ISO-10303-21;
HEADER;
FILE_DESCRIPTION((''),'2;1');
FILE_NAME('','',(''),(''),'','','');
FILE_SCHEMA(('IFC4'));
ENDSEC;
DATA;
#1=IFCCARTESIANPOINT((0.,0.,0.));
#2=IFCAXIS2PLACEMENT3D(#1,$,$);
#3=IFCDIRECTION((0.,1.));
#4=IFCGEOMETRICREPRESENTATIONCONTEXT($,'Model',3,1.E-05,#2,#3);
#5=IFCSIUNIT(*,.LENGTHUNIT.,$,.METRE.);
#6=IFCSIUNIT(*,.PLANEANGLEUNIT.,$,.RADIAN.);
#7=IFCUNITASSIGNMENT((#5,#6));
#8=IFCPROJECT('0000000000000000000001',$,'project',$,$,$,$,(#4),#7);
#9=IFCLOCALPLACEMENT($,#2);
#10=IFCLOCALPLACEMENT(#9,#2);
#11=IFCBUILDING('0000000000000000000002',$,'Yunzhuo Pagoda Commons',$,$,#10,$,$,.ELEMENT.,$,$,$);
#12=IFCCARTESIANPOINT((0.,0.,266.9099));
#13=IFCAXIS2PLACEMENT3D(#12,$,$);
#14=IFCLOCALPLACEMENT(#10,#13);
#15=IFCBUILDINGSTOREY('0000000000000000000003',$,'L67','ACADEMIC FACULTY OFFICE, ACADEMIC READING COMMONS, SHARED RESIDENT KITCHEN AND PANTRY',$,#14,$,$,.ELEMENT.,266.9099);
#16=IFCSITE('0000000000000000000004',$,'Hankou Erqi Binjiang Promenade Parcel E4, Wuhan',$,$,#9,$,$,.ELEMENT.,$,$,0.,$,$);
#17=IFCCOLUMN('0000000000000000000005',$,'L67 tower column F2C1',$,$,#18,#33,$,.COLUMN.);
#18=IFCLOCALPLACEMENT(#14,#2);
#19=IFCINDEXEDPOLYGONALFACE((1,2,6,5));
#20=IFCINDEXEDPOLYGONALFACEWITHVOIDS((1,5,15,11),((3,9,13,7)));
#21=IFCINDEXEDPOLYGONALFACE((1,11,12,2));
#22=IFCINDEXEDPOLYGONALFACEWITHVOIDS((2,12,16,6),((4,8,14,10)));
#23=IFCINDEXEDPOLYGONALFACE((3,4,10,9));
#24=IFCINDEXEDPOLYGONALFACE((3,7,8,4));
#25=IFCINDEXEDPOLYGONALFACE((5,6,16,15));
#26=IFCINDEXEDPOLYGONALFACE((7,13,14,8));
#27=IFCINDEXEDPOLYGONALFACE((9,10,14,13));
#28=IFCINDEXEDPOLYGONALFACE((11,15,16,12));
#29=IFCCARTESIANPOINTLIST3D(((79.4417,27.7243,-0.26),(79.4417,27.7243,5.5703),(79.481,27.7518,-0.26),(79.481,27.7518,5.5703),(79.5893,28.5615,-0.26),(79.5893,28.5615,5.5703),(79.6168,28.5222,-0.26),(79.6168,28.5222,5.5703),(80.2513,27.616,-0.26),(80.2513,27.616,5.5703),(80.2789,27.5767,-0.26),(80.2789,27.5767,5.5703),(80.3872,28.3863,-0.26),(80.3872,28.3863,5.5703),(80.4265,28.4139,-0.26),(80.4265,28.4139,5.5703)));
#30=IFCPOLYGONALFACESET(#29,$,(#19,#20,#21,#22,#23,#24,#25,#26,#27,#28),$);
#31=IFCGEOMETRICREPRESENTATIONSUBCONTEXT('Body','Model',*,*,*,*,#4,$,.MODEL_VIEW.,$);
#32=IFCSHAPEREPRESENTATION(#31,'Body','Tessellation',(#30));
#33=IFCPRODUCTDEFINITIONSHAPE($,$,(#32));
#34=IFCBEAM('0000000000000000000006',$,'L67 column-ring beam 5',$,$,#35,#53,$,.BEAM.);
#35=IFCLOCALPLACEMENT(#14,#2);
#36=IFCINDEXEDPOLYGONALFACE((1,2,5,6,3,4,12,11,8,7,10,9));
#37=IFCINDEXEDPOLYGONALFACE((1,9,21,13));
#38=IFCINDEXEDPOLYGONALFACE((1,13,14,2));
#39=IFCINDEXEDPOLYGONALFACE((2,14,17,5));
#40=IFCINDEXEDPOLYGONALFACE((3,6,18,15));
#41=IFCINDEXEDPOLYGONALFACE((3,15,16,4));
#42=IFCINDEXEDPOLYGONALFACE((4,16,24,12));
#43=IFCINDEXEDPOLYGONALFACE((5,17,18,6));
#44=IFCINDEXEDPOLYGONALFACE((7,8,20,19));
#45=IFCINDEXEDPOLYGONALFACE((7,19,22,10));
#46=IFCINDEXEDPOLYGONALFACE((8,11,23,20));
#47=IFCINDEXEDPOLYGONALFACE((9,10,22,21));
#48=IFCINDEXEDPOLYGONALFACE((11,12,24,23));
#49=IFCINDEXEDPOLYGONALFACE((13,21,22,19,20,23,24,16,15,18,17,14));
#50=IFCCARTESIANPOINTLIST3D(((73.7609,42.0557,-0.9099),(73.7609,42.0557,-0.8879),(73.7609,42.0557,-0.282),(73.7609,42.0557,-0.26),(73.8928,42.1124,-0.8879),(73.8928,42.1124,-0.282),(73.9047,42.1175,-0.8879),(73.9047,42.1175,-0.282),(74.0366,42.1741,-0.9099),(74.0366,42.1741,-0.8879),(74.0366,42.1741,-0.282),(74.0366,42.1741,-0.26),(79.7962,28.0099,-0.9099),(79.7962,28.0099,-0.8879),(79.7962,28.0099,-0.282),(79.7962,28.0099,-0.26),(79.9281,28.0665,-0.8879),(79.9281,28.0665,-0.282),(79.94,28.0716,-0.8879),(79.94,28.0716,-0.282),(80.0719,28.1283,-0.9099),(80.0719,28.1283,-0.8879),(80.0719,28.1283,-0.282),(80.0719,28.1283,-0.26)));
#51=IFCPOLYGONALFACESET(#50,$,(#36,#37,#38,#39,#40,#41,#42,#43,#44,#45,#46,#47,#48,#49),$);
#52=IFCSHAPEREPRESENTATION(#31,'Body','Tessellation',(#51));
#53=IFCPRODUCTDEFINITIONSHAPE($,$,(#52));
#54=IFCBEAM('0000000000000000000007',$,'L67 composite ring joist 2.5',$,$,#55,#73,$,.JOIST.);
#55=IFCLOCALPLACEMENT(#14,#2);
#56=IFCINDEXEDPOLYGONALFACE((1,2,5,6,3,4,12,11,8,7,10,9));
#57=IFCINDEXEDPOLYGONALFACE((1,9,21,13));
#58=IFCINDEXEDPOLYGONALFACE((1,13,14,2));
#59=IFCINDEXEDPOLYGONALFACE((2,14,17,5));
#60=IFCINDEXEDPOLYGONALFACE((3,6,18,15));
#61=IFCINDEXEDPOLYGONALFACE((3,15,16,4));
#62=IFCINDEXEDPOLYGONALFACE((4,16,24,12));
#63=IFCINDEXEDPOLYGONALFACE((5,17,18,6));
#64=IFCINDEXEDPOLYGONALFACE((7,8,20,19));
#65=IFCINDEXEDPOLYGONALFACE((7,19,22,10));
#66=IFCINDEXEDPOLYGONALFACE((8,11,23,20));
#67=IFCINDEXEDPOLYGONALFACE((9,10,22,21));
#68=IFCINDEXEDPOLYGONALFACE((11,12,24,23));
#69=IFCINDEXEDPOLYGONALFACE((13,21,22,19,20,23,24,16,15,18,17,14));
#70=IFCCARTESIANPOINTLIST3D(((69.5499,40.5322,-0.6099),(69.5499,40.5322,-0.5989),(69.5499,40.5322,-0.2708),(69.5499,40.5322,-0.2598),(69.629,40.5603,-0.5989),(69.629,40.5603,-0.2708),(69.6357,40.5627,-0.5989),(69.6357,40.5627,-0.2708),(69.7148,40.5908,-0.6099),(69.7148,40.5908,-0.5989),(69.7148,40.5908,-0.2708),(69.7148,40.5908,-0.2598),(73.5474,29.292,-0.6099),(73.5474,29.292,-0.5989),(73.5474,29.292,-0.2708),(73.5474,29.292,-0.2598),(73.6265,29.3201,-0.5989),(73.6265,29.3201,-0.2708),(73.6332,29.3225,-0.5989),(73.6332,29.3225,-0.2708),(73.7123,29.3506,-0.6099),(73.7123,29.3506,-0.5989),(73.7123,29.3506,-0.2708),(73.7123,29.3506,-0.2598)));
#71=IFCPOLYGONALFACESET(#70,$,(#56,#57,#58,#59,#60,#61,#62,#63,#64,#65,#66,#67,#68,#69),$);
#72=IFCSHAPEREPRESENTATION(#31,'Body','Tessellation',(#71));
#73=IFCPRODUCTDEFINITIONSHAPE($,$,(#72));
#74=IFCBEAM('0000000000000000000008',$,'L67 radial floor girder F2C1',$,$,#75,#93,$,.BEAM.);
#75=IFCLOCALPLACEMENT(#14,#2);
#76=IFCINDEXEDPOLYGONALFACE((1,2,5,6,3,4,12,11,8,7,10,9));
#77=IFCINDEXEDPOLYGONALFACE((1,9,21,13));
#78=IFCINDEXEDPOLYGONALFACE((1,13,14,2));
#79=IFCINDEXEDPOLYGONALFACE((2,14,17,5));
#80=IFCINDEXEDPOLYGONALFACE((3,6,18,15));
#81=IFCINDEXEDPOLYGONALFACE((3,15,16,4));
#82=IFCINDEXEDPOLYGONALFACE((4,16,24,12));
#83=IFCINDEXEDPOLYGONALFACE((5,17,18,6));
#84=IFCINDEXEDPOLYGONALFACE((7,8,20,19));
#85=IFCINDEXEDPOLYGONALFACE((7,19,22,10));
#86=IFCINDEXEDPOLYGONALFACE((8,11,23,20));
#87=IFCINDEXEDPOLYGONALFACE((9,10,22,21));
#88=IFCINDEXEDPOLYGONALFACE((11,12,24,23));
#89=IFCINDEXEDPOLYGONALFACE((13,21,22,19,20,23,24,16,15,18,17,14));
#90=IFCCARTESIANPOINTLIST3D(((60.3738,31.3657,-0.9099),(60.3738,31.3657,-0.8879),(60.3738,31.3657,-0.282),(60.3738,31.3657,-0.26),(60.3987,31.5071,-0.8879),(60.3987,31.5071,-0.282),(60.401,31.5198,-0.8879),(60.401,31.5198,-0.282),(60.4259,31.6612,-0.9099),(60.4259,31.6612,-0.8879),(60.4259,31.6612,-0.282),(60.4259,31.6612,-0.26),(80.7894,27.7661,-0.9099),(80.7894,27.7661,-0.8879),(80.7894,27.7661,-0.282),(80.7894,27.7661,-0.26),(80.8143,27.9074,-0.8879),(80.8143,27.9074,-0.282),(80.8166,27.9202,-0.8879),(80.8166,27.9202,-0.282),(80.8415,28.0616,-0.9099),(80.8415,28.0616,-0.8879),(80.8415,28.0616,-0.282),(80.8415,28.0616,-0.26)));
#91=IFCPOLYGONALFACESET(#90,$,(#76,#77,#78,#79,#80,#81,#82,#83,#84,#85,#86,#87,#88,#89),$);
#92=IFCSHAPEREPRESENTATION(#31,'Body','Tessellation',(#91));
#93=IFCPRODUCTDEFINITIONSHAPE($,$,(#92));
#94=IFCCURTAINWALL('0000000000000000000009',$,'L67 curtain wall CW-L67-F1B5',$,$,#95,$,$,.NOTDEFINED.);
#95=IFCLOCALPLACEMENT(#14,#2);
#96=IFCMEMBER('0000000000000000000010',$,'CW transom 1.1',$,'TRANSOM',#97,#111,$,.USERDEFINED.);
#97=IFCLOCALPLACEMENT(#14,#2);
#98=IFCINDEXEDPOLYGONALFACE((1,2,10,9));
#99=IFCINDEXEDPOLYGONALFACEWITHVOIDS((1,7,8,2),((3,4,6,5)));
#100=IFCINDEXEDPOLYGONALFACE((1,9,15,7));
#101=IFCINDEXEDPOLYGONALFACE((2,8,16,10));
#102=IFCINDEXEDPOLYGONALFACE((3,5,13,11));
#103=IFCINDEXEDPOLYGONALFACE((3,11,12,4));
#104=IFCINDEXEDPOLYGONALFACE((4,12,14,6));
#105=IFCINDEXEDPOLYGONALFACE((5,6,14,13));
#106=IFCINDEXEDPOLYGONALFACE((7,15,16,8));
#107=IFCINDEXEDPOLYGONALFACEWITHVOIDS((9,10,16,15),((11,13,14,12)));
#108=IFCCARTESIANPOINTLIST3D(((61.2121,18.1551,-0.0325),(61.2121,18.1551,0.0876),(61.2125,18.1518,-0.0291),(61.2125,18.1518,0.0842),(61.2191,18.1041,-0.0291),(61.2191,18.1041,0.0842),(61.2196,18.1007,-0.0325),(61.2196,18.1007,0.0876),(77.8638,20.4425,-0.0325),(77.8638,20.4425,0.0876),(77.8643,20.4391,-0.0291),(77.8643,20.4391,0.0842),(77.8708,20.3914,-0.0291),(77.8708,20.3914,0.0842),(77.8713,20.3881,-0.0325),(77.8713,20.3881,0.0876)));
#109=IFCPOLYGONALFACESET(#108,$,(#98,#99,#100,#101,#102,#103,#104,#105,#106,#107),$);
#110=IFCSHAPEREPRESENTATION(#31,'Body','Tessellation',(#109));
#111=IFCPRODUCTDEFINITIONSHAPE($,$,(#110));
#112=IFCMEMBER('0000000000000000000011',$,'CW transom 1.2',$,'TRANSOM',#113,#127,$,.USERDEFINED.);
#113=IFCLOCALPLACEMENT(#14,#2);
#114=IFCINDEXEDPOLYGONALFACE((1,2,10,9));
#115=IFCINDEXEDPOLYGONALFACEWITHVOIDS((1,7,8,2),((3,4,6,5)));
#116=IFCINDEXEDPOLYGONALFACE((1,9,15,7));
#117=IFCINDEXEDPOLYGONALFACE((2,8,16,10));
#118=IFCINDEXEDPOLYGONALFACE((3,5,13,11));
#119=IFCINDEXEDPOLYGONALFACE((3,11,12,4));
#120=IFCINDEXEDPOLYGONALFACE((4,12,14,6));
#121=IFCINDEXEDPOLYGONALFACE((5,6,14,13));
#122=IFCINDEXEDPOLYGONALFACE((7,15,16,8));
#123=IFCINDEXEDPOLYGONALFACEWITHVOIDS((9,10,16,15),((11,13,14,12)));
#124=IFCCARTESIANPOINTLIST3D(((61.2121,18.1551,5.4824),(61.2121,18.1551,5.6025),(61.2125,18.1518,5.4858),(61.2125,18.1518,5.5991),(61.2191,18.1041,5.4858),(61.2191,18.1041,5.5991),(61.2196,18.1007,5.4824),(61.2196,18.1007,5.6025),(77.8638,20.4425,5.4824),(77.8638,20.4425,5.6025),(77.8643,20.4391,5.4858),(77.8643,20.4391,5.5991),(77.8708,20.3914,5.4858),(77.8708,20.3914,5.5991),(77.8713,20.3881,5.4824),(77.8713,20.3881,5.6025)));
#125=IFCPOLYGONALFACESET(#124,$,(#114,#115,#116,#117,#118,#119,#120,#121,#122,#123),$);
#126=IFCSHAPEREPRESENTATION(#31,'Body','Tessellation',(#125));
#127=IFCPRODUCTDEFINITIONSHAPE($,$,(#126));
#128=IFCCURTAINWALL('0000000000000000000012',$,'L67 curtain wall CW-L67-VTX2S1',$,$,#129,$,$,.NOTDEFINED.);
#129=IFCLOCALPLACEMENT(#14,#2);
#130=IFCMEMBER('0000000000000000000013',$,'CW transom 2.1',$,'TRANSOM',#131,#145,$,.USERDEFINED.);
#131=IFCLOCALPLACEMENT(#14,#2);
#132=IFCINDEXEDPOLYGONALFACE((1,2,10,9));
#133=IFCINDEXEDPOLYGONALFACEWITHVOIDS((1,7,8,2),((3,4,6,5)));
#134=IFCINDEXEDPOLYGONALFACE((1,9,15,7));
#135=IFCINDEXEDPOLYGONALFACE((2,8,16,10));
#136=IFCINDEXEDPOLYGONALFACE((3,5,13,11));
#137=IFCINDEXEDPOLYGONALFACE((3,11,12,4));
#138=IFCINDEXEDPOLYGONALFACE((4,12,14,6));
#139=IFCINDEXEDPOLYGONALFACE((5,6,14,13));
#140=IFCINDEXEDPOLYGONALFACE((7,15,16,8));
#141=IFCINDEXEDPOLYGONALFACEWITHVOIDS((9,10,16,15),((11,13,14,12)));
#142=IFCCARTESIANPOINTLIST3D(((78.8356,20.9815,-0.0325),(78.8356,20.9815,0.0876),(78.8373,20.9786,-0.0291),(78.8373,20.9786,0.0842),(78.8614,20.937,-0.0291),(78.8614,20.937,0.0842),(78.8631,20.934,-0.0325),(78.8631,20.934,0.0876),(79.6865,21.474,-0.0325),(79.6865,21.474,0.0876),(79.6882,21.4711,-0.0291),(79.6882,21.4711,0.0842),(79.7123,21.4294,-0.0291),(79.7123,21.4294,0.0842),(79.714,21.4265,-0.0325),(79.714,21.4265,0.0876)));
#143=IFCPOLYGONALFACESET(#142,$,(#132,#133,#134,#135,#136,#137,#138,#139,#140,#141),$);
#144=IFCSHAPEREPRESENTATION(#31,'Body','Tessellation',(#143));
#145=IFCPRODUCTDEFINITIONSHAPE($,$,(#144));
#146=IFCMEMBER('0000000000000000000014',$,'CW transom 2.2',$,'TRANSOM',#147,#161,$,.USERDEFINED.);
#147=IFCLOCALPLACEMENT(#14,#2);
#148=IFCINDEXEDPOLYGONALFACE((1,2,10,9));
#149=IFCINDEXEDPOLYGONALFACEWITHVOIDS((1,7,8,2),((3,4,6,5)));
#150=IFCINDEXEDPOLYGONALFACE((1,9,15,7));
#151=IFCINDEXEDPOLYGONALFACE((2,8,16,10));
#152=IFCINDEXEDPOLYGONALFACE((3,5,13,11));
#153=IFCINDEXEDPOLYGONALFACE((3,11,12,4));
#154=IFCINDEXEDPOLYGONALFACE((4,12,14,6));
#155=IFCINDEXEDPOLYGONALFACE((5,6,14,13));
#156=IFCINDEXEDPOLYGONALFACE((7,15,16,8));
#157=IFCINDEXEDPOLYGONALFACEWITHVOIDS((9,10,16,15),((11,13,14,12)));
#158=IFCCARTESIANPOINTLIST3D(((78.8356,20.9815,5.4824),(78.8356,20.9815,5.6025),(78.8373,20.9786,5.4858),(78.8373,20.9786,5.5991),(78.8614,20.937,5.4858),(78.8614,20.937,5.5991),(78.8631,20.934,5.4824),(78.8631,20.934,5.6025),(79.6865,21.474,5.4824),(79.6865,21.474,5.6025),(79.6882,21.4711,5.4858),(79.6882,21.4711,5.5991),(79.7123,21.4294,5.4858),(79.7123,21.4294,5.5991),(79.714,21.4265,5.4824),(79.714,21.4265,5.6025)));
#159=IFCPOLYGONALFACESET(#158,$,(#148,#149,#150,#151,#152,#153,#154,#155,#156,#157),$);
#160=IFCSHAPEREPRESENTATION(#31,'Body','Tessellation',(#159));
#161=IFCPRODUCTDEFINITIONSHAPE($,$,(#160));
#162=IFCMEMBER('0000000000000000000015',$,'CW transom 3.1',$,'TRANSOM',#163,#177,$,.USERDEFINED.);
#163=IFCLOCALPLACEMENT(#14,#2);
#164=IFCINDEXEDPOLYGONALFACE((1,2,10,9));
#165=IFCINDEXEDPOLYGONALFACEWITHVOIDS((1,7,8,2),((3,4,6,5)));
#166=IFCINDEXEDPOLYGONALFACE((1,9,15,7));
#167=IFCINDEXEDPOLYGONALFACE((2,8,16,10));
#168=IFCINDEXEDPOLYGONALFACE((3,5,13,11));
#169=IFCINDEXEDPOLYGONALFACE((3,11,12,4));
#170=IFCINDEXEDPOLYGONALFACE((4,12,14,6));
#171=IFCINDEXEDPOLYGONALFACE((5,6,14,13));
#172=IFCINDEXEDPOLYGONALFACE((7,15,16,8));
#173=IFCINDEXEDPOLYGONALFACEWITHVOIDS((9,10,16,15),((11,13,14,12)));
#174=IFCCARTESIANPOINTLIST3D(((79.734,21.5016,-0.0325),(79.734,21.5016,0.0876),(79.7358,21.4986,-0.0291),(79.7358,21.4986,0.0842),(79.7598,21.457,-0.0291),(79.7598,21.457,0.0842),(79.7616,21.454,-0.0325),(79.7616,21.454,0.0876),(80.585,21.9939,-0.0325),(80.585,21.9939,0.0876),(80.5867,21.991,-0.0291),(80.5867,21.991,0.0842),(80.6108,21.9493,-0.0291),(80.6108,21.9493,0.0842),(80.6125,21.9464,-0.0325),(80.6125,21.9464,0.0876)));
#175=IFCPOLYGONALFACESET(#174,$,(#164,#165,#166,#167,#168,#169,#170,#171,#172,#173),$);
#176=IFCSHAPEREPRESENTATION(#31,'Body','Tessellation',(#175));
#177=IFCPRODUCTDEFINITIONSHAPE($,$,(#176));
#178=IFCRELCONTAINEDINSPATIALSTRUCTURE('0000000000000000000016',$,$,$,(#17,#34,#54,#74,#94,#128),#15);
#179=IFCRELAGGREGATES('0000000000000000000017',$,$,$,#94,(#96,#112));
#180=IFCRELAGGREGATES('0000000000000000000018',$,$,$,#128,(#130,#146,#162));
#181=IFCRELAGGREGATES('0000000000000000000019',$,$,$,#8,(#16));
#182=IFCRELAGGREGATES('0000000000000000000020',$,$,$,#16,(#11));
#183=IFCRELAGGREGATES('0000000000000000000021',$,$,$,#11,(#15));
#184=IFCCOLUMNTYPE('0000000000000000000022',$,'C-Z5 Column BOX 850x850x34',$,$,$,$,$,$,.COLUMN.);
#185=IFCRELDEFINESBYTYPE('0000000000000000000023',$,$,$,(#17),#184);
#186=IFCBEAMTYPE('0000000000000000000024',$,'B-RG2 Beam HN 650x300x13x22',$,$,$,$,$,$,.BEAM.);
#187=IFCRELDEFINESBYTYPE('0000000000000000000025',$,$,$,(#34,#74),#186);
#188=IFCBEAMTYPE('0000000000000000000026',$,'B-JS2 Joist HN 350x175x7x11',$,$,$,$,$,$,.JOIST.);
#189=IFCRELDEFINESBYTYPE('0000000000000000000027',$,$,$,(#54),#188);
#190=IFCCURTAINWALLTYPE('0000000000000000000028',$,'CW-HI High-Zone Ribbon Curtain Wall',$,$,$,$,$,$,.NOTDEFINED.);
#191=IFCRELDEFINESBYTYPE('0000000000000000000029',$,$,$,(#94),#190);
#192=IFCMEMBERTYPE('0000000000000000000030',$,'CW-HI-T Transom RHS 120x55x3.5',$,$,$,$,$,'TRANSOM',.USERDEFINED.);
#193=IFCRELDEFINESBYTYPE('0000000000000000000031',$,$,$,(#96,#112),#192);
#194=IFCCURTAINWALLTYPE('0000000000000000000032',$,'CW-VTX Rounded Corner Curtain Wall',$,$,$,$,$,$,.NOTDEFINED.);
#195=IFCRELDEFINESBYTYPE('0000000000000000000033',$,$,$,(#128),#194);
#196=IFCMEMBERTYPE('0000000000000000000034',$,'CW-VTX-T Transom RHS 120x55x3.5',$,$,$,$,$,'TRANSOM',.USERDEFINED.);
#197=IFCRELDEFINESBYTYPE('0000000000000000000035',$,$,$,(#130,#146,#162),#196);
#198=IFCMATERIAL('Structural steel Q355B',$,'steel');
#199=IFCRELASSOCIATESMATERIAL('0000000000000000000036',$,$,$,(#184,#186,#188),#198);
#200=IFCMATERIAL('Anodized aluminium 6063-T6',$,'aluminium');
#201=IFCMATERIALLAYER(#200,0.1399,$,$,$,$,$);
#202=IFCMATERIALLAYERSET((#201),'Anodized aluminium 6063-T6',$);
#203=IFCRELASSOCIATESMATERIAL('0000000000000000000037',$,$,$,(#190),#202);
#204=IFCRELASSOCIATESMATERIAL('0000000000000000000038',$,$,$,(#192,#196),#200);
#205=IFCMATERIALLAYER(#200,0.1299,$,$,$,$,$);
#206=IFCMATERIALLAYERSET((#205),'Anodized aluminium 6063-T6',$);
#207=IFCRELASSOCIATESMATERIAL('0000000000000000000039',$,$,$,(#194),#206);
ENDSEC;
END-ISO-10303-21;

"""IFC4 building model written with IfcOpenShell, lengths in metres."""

from ifc_helpers import new_model, si_unit, direction, frame, origin, origin_2d, place, context, subcontext, project, spatial, hollow_rectangle, i_section, extrude, source, transform, mapped, material, layer, layer_set, material_profile, profile_set, type_object, element, aggregate, save


model = new_model("IFC4")

# Units and contexts
model_context = context("Model", 3, precision=1e-05, world=origin(), true_north=direction((0.0, 1.0)))
body_context = subcontext(model_context, "Body", "Model", "MODEL_VIEW")
ifc_project = project(units=[si_unit("LENGTHUNIT", "METRE"), si_unit("PLANEANGLEUNIT", "RADIAN")], contexts=[model_context])

# Site, building, storey
site_placement = place(None, origin())
site = spatial("IfcSite", under=ifc_project, at=site_placement, Name="Hankou Erqi Binjiang Promenade Parcel E4, Wuhan", CompositionType="ELEMENT", RefElevation=0.0)
building_placement = place(site_placement, origin())
building = spatial("IfcBuilding", under=site, at=building_placement, Name="Yunzhuo Pagoda Commons", CompositionType="ELEMENT")
storey_placement = place(building_placement, frame((0.0, 0.0, 266.9099)))
storey = spatial("IfcBuildingStorey", under=building, at=storey_placement, Name="L67", Description="ACADEMIC FACULTY OFFICE, ACADEMIC READING COMMONS, SHARED RESIDENT KITCHEN AND PANTRY", CompositionType="ELEMENT", Elevation=266.9099)

# Column
ifc_material_1 = material(Name="Structural steel Q355B", Category="steel")
ifc_material_profile_1 = material_profile(ifc_material_1, hollow_rectangle(XDim=0.8501, YDim=0.8501, WallThickness=0.0339, at=origin_2d()), Name="Structural steel Q355B")
ifc_profile_set_1 = profile_set([ifc_material_profile_1], Name="Structural steel Q355B")
column_type = type_object("IfcColumnType", Name="C-Z5 Column BOX 850x850x34", PredefinedType="COLUMN", material=ifc_profile_set_1)
shared_shape_1 = source(origin(), body_context, "Body", "SweptSolid", [
    extrude(hollow_rectangle(XDim=0.8501, YDim=0.8501, WallThickness=0.0339, at=origin_2d()), origin(), (0.0, 0.0, 1.0), 5.8303),
])
column_placement = place(storey_placement, frame((79.9341, 28.0691, -0.26), z_axis=(0.0, 0.0, 1.0), x_axis=(0.173648, 0.984808, 0.0)))
element("IfcColumn", 1, at=column_placement, inside=storey, type_object=column_type, Name="L67 tower column F2C1", PredefinedType="COLUMN", context=body_context, shape_type="MappedRepresentation", body=[
    mapped(shared_shape_1, transform((0.0, 0.0, 0.0), scale=1.0)),
])

# Beams
ifc_material_profile_2 = material_profile(ifc_material_1, i_section(OverallWidth=0.3, OverallDepth=0.6499, WebThickness=0.0129, FlangeThickness=0.022, at=origin_2d()), Name="Structural steel Q355B")
ifc_profile_set_2 = profile_set([ifc_material_profile_2], Name="Structural steel Q355B")
beam_type_1 = type_object("IfcBeamType", Name="B-RG2 Beam HN 650x300x13x22", PredefinedType="BEAM", material=ifc_profile_set_2)
shared_shape_2 = source(origin(), body_context, "Body", "SweptSolid", [
    extrude(i_section(OverallWidth=0.3, OverallDepth=0.6499, WebThickness=0.0129, FlangeThickness=0.022, at=origin_2d()), origin(), (0.0, 0.0, 1.0), 15.2876),
])
beam_1_placement = place(storey_placement, frame((79.9341, 28.0691, -0.585), z_axis=(-0.394788, 0.918772, 0.0), x_axis=(-0.918772, -0.394788, 0.0)))
element("IfcBeam", 2, at=beam_1_placement, inside=storey, type_object=beam_type_1, Name="L67 column-ring beam 5", PredefinedType="BEAM", context=body_context, shape_type="MappedRepresentation", body=[
    mapped(shared_shape_2, transform((0.0, 0.0, 0.0), scale=1.0)),
])
ifc_material_profile_3 = material_profile(ifc_material_1, i_section(OverallWidth=0.175, OverallDepth=0.3501, WebThickness=0.0071, FlangeThickness=0.011, at=origin_2d()), Name="Structural steel Q355B")
ifc_profile_set_3 = profile_set([ifc_material_profile_3], Name="Structural steel Q355B")
beam_type_2 = type_object("IfcBeamType", Name="B-JS2 Joist HN 350x175x7x11", PredefinedType="JOIST", material=ifc_profile_set_3)
shared_shape_3 = source(origin(), body_context, "Body", "SweptSolid", [
    extrude(i_section(OverallWidth=0.175, OverallDepth=0.3501, WebThickness=0.0071, FlangeThickness=0.011, at=origin_2d()), origin(), (0.0, 0.0, 1.0), 11.9299),
])
beam_2_placement = place(storey_placement, frame((73.6299, 29.3213, -0.4348), z_axis=(-0.335086, 0.942187, 0.0), x_axis=(-0.942187, -0.335086, 0.0)))
element("IfcBeam", 3, at=beam_2_placement, inside=storey, type_object=beam_type_2, Name="L67 composite ring joist 2.5", PredefinedType="JOIST", context=body_context, shape_type="MappedRepresentation", body=[
    mapped(shared_shape_3, transform((0.0, 0.0, 0.0), scale=1.0)),
])
shared_shape_4 = source(origin(), body_context, "Body", "SweptSolid", [
    extrude(i_section(OverallWidth=0.3, OverallDepth=0.6499, WebThickness=0.0129, FlangeThickness=0.022, at=origin_2d()), origin(), (0.0, 0.0, 1.0), 20.7305),
])
beam_3_placement = place(storey_placement, frame((80.8154, 27.9138, -0.585), z_axis=(-0.984809, 0.173639, 0.0), x_axis=(-0.173639, -0.984809, 0.0)))
element("IfcBeam", 4, at=beam_3_placement, inside=storey, type_object=beam_type_1, Name="L67 radial floor girder F2C1", PredefinedType="BEAM", context=body_context, shape_type="MappedRepresentation", body=[
    mapped(shared_shape_4, transform((0.0, 0.0, 0.0), scale=1.0)),
])

# Curtain walls, members
ifc_material_2 = material(Name="Anodized aluminium 6063-T6", Category="aluminium")
ifc_layer_1 = layer(ifc_material_2, 0.1399)
ifc_layer_set_1 = layer_set([ifc_layer_1], Name="Anodized aluminium 6063-T6")
curtain_wall_type_1 = type_object("IfcCurtainWallType", Name="CW-HI High-Zone Ribbon Curtain Wall", PredefinedType="NOTDEFINED", material=ifc_layer_set_1)
curtain_wall_1_placement = place(storey_placement, origin())
curtain_wall_1 = element("IfcCurtainWall", 5, at=curtain_wall_1_placement, inside=storey, type_object=curtain_wall_type_1, Name="L67 curtain wall CW-L67-F1B5", PredefinedType="NOTDEFINED")
ifc_material_profile_4 = material_profile(ifc_material_2, hollow_rectangle(XDim=0.0549, YDim=0.1201, WallThickness=0.0034, at=origin_2d()), Name="Anodized aluminium 6063-T6")
ifc_profile_set_4 = profile_set([ifc_material_profile_4], Name="Anodized aluminium 6063-T6")
member_type_1 = type_object("IfcMemberType", Name="CW-HI-T Transom RHS 120x55x3.5", ElementType="TRANSOM", PredefinedType="USERDEFINED", material=ifc_profile_set_4)
shared_shape_5 = source(origin(), body_context, "Body", "SweptSolid", [
    extrude(hollow_rectangle(XDim=0.0549, YDim=0.1201, WallThickness=0.0034, at=origin_2d()), origin(), (0.0, 0.0, 1.0), 16.8081),
])
member_1_placement = place(storey_placement, frame((61.2158, 18.1279, 0.0276), z_axis=(0.990697, 0.136085, 0.0), x_axis=(-0.136085, 0.990697, 0.0)))
member_1 = element("IfcMember", 6, at=member_1_placement, type_object=member_type_1, Name="CW transom 1.1", ObjectType="TRANSOM", PredefinedType="USERDEFINED", context=body_context, shape_type="MappedRepresentation", body=[
    mapped(shared_shape_5, transform((0.0, 0.0, 0.0), scale=1.0)),
])
member_2_placement = place(storey_placement, frame((61.2158, 18.1279, 5.5425), z_axis=(0.990697, 0.136085, 0.0), x_axis=(-0.136085, 0.990697, 0.0)))
member_2 = element("IfcMember", 7, at=member_2_placement, type_object=member_type_1, Name="CW transom 1.2", ObjectType="TRANSOM", PredefinedType="USERDEFINED", context=body_context, shape_type="MappedRepresentation", body=[
    mapped(shared_shape_5, transform((0.0, 0.0, 0.0), scale=1.0)),
])
ifc_layer_2 = layer(ifc_material_2, 0.1299)
ifc_layer_set_2 = layer_set([ifc_layer_2], Name="Anodized aluminium 6063-T6")
curtain_wall_type_2 = type_object("IfcCurtainWallType", Name="CW-VTX Rounded Corner Curtain Wall", PredefinedType="NOTDEFINED", material=ifc_layer_set_2)
curtain_wall_2_placement = place(storey_placement, origin())
curtain_wall_2 = element("IfcCurtainWall", 8, at=curtain_wall_2_placement, inside=storey, type_object=curtain_wall_type_2, Name="L67 curtain wall CW-L67-VTX2S1", PredefinedType="NOTDEFINED")
ifc_material_profile_5 = material_profile(ifc_material_2, hollow_rectangle(XDim=0.0549, YDim=0.1201, WallThickness=0.0034, at=origin_2d()), Name="Anodized aluminium 6063-T6")
ifc_profile_set_5 = profile_set([ifc_material_profile_5], Name="Anodized aluminium 6063-T6")
member_type_2 = type_object("IfcMemberType", Name="CW-VTX-T Transom RHS 120x55x3.5", ElementType="TRANSOM", PredefinedType="USERDEFINED", material=ifc_profile_set_5)
shared_shape_6 = source(origin(), body_context, "Body", "SweptSolid", [
    extrude(hollow_rectangle(XDim=0.0549, YDim=0.1201, WallThickness=0.0034, at=origin_2d()), origin(), (0.0, 0.0, 1.0), 0.9832),
])
member_3_placement = place(storey_placement, frame((78.8494, 20.9578, 0.0276), z_axis=(0.865494, 0.500919, 0.0), x_axis=(-0.500919, 0.865494, 0.0)))
member_3 = element("IfcMember", 9, at=member_3_placement, type_object=member_type_2, Name="CW transom 2.1", ObjectType="TRANSOM", PredefinedType="USERDEFINED", context=body_context, shape_type="MappedRepresentation", body=[
    mapped(shared_shape_6, transform((0.0, 0.0, 0.0), scale=1.0)),
])
member_4_placement = place(storey_placement, frame((78.8494, 20.9578, 5.5425), z_axis=(0.865494, 0.500919, 0.0), x_axis=(-0.500919, 0.865494, 0.0)))
member_4 = element("IfcMember", 10, at=member_4_placement, type_object=member_type_2, Name="CW transom 2.2", ObjectType="TRANSOM", PredefinedType="USERDEFINED", context=body_context, shape_type="MappedRepresentation", body=[
    mapped(shared_shape_6, transform((0.0, 0.0, 0.0), scale=1.0)),
])
member_5_placement = place(storey_placement, frame((79.7478, 21.4778, 0.0276), z_axis=(0.865557, 0.500811, 0.0), x_axis=(-0.500811, 0.865557, 0.0)))
member_5 = element("IfcMember", 11, at=member_5_placement, type_object=member_type_2, Name="CW transom 3.1", ObjectType="TRANSOM", PredefinedType="USERDEFINED", context=body_context, shape_type="MappedRepresentation", body=[
    mapped(shared_shape_6, transform((0.0, 0.0, 0.0), scale=1.0)),
])

aggregate(curtain_wall_1, [member_1, member_2])
aggregate(curtain_wall_2, [member_3, member_4, member_5])

save(model, "model.ifc")
